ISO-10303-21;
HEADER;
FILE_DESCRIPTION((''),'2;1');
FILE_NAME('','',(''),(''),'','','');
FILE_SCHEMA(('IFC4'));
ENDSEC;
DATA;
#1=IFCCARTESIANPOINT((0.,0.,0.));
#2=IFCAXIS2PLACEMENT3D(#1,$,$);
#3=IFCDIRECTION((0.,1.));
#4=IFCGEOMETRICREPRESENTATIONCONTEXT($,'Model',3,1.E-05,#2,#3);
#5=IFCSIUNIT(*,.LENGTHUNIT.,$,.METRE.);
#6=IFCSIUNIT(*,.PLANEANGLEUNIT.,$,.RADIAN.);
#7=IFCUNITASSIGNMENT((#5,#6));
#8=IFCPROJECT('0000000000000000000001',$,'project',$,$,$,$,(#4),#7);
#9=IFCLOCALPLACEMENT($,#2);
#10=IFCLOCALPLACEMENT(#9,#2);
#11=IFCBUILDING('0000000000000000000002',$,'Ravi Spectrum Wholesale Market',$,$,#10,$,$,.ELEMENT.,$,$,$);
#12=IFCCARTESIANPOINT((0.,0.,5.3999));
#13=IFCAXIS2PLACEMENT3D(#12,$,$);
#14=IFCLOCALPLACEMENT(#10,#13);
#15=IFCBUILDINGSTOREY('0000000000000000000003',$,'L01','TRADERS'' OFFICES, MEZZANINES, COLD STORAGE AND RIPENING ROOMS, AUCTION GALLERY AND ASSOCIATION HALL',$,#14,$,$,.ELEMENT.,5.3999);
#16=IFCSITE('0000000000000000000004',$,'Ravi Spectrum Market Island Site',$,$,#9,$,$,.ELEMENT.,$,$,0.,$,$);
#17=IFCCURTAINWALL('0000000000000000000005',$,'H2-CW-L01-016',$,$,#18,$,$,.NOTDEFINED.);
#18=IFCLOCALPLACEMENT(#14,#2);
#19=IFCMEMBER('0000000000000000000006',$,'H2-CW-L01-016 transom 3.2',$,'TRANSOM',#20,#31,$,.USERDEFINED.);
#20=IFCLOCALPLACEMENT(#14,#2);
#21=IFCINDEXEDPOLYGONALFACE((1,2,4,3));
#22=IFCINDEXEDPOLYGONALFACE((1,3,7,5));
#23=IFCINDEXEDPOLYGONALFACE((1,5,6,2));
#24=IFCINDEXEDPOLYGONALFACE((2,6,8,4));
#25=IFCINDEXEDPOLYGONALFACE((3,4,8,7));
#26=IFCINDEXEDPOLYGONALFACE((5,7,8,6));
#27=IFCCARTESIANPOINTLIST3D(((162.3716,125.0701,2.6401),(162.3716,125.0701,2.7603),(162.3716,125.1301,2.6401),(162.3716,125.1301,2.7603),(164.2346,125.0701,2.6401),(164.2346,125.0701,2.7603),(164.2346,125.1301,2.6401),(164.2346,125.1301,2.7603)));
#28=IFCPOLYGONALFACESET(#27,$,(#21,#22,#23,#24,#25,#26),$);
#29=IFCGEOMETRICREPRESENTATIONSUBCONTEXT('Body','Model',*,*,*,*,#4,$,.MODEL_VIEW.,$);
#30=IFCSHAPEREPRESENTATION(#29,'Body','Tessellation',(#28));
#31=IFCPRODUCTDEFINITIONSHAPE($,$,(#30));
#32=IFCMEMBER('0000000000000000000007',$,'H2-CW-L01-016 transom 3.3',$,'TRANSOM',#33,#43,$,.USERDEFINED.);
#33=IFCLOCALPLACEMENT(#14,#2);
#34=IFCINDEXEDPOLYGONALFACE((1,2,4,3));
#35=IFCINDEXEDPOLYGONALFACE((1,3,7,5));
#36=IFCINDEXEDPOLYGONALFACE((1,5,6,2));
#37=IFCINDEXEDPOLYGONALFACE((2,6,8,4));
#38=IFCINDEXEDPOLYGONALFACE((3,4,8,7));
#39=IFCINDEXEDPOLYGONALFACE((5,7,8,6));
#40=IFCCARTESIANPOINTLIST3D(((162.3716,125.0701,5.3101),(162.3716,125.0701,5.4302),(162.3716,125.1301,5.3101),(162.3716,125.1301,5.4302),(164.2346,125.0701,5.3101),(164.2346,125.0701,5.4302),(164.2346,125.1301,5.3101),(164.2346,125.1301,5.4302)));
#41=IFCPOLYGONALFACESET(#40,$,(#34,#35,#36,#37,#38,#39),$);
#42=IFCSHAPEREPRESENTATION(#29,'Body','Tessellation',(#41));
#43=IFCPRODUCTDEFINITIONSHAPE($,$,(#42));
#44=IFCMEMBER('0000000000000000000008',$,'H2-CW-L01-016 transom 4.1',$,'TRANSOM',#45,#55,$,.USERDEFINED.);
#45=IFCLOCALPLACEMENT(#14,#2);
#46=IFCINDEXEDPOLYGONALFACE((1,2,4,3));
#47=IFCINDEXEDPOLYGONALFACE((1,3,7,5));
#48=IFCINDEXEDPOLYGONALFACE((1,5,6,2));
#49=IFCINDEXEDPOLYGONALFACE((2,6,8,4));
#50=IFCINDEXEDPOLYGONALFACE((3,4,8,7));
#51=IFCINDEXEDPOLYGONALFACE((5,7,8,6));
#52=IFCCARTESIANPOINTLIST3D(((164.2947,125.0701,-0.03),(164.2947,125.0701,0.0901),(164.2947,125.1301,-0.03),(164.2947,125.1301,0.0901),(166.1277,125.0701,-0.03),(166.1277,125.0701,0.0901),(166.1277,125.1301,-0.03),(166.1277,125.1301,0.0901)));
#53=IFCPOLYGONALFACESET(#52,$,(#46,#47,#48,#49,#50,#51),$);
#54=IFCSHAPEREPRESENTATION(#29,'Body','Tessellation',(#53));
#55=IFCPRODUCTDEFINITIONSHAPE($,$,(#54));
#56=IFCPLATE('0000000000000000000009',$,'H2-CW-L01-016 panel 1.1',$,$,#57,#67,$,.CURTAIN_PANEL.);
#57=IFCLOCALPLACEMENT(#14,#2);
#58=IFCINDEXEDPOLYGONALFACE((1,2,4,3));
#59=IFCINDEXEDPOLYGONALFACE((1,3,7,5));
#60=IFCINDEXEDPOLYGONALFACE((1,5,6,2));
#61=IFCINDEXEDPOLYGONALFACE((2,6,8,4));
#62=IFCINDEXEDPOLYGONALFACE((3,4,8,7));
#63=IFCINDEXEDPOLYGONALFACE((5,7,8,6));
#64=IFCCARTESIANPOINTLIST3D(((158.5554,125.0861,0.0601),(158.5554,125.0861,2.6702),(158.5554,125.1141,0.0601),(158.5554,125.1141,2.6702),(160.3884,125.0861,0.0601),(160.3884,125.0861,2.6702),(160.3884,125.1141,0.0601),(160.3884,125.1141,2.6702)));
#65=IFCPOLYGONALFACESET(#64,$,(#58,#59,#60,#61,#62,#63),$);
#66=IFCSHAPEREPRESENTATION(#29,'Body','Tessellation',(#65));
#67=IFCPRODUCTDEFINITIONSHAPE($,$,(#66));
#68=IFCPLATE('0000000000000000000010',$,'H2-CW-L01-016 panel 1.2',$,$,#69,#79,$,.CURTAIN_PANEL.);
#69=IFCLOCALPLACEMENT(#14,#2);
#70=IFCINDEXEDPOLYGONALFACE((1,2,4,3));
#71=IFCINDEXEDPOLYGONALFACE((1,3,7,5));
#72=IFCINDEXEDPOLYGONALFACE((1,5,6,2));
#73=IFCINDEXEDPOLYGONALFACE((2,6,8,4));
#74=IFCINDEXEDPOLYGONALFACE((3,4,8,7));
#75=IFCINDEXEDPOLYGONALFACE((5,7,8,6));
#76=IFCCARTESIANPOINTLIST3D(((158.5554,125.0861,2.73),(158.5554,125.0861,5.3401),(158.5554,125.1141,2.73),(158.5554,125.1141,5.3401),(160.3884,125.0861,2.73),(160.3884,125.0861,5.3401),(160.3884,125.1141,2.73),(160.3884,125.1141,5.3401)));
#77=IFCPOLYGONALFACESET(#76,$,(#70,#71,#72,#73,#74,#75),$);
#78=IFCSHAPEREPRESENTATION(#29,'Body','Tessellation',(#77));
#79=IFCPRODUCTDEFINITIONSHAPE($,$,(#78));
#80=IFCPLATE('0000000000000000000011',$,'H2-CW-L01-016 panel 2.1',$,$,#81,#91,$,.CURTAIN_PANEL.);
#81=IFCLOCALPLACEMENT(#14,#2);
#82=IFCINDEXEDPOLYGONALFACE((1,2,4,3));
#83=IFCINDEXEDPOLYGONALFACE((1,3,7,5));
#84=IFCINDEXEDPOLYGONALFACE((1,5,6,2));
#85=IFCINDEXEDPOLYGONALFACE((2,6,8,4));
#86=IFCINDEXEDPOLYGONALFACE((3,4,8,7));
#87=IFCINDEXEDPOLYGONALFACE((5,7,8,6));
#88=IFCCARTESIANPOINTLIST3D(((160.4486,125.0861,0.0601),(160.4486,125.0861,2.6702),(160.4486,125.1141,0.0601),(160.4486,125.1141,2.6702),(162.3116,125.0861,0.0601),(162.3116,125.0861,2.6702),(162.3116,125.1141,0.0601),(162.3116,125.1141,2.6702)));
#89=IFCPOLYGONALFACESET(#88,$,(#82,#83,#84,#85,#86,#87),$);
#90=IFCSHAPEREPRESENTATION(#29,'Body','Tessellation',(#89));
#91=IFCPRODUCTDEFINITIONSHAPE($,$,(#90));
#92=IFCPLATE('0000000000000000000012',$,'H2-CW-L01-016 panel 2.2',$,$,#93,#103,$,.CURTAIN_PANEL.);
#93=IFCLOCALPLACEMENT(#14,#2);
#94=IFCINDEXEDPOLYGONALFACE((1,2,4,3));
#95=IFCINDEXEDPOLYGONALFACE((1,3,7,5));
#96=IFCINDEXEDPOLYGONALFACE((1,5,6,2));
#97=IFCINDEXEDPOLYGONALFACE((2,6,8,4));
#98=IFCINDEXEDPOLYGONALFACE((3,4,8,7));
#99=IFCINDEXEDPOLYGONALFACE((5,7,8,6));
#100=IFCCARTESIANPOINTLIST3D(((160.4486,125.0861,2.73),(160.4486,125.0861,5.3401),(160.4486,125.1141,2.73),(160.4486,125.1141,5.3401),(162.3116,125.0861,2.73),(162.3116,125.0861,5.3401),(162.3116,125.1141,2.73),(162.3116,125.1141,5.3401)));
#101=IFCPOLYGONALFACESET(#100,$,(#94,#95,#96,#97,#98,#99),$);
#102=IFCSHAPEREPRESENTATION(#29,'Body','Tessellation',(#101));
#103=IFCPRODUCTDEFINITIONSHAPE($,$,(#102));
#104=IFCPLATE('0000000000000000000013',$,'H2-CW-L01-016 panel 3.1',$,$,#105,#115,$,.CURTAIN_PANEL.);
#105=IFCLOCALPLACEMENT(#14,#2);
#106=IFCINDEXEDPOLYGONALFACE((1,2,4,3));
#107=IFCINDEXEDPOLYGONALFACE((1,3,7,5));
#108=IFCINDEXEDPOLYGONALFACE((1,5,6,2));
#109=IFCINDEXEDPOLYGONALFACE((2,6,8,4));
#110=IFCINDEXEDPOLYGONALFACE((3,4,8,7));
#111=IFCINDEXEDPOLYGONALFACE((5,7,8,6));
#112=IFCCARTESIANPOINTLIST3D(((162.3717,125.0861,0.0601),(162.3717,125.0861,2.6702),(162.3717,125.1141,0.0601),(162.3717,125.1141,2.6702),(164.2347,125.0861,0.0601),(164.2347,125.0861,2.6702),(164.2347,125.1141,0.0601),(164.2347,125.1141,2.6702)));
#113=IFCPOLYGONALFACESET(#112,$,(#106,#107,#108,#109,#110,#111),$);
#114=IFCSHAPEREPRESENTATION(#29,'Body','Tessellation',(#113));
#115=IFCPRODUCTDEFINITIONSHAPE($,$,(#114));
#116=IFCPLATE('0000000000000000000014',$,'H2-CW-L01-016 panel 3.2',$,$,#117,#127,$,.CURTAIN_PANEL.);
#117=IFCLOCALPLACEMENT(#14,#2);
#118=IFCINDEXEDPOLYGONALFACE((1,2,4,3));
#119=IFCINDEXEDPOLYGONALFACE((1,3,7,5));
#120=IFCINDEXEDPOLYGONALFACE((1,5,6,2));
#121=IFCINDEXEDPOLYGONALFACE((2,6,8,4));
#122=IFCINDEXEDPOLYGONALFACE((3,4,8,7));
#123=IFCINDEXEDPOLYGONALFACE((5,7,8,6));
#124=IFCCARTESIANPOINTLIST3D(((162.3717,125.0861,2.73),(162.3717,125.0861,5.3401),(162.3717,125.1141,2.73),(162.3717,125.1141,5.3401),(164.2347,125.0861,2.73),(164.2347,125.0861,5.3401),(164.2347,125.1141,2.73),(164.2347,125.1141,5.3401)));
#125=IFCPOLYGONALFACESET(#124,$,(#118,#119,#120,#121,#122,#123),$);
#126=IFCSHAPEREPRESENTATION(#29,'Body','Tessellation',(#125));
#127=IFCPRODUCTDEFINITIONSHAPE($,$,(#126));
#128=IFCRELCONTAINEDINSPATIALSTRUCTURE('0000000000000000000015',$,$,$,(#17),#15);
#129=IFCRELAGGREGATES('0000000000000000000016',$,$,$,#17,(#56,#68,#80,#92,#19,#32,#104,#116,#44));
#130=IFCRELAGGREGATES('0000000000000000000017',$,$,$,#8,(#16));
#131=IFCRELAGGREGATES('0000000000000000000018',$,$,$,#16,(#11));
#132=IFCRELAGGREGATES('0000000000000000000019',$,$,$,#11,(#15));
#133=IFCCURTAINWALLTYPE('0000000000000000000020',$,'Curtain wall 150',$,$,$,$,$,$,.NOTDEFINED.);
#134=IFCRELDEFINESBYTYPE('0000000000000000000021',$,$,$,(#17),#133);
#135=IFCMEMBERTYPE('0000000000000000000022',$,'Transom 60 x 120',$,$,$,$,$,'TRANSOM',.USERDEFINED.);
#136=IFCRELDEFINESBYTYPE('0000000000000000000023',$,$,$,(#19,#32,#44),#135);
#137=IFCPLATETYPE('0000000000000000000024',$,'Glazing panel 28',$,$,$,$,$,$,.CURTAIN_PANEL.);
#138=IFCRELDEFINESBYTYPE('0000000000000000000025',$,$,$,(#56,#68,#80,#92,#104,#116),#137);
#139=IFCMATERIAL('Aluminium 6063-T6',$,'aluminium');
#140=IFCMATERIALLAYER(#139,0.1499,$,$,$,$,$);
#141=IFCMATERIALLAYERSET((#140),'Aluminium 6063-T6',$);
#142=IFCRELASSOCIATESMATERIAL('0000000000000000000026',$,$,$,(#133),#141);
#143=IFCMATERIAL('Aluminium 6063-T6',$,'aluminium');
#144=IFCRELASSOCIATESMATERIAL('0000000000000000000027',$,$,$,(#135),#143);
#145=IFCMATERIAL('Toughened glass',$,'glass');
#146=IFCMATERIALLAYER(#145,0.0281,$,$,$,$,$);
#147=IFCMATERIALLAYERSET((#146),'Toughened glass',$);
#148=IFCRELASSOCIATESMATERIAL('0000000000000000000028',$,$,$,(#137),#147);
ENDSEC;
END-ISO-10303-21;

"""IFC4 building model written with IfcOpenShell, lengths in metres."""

from ifc_helpers import new_model, si_unit, direction, frame, origin, origin_2d, place, context, subcontext, project, spatial, rectangle, extrude, material, layer, layer_set, material_profile, profile_set, type_object, element, aggregate, save


model = new_model("IFC4")

# Units and contexts
model_context = context("Model", 3, precision=1e-05, world=origin(), true_north=direction((0.0, 1.0)))
body_context = subcontext(model_context, "Body", "Model", "MODEL_VIEW")
ifc_project = project(units=[si_unit("LENGTHUNIT", "METRE"), si_unit("PLANEANGLEUNIT", "RADIAN")], contexts=[model_context])

# Site, building, storey
site_placement = place(None, origin())
site = spatial("IfcSite", under=ifc_project, at=site_placement, Name="Ravi Spectrum Market Island Site", CompositionType="ELEMENT", RefElevation=0.0)
building_placement = place(site_placement, origin())
building = spatial("IfcBuilding", under=site, at=building_placement, Name="Ravi Spectrum Wholesale Market", CompositionType="ELEMENT")
storey_placement = place(building_placement, frame((0.0, 0.0, 5.3999)))
storey = spatial("IfcBuildingStorey", under=building, at=storey_placement, Name="L01", Description="TRADERS' OFFICES, MEZZANINES, COLD STORAGE AND RIPENING ROOMS, AUCTION GALLERY AND ASSOCIATION HALL", CompositionType="ELEMENT", Elevation=5.3999)

# Curtain wall, members, plates
ifc_material_1 = material(Name="Aluminium 6063-T6", Category="aluminium")
ifc_layer_1 = layer(ifc_material_1, 0.1499)
ifc_layer_set_1 = layer_set([ifc_layer_1], Name="Aluminium 6063-T6")
curtain_wall_type = type_object("IfcCurtainWallType", Name="Curtain wall 150", PredefinedType="NOTDEFINED", material=ifc_layer_set_1)
curtain_wall_placement = place(storey_placement, origin())
curtain_wall = element("IfcCurtainWall", 1, at=curtain_wall_placement, inside=storey, type_object=curtain_wall_type, Name="H2-CW-L01-016", PredefinedType="NOTDEFINED")
ifc_material_2 = material(Name="Aluminium 6063-T6", Category="aluminium")
ifc_material_profile_1 = material_profile(ifc_material_2, rectangle(XDim=0.0601, YDim=0.1201, at=origin_2d()))
ifc_profile_set_1 = profile_set([ifc_material_profile_1], Name="Aluminium 6063-T6")
member_type_1 = type_object("IfcMemberType", Name="Transom 60 x 120", ElementType="TRANSOM", PredefinedType="USERDEFINED", material=ifc_profile_set_1)
member_1_placement = place(storey_placement, frame((162.3716, 125.1001, 2.7002), z_axis=(1.0, 0.0, 0.0), x_axis=(0.0, 1.0, 0.0)))
member_1 = element("IfcMember", 2, at=member_1_placement, type_object=member_type_1, Name="H2-CW-L01-016 transom 3.2", ObjectType="TRANSOM", PredefinedType="USERDEFINED", context=body_context, shape_type="SweptSolid", body=[
    extrude(rectangle(XDim=0.0601, YDim=0.1201, at=origin_2d()), origin(), (0.0, 0.0, 1.0), 1.863),
])
member_2_placement = place(storey_placement, frame((162.3716, 125.1001, 5.3701), z_axis=(1.0, 0.0, 0.0), x_axis=(0.0, 1.0, 0.0)))
member_2 = element("IfcMember", 3, at=member_2_placement, type_object=member_type_1, Name="H2-CW-L01-016 transom 3.3", ObjectType="TRANSOM", PredefinedType="USERDEFINED", context=body_context, shape_type="SweptSolid", body=[
    extrude(rectangle(XDim=0.0601, YDim=0.1201, at=origin_2d()), origin(), (0.0, 0.0, 1.0), 1.863),
])
member_3_placement = place(storey_placement, frame((164.2947, 125.1001, 0.03), z_axis=(1.0, 0.0, 0.0), x_axis=(0.0, 1.0, 0.0)))
member_3 = element("IfcMember", 4, at=member_3_placement, type_object=member_type_1, Name="H2-CW-L01-016 transom 4.1", ObjectType="TRANSOM", PredefinedType="USERDEFINED", context=body_context, shape_type="SweptSolid", body=[
    extrude(rectangle(XDim=0.0601, YDim=0.1201, at=origin_2d()), origin(), (0.0, 0.0, 1.0), 1.833),
])
ifc_material_3 = material(Name="Toughened glass", Category="glass")
ifc_layer_2 = layer(ifc_material_3, 0.0281)
ifc_layer_set_2 = layer_set([ifc_layer_2], Name="Toughened glass")
plate_type = type_object("IfcPlateType", Name="Glazing panel 28", PredefinedType="CURTAIN_PANEL", material=ifc_layer_set_2)
plate_1_placement = place(storey_placement, frame((159.4719, 125.1001, 0.0601), z_axis=(0.0, 0.0, 1.0), x_axis=(1.0, 0.0, 0.0)))
plate_1 = element("IfcPlate", 5, at=plate_1_placement, type_object=plate_type, Name="H2-CW-L01-016 panel 1.1", PredefinedType="CURTAIN_PANEL", context=body_context, shape_type="SweptSolid", body=[
    extrude(rectangle(XDim=1.833, YDim=0.0281, at=origin_2d()), origin(), (0.0, 0.0, 1.0), 2.6101),
])
plate_2_placement = place(storey_placement, frame((159.4719, 125.1001, 2.73), z_axis=(0.0, 0.0, 1.0), x_axis=(1.0, 0.0, 0.0)))
plate_2 = element("IfcPlate", 6, at=plate_2_placement, type_object=plate_type, Name="H2-CW-L01-016 panel 1.2", PredefinedType="CURTAIN_PANEL", context=body_context, shape_type="SweptSolid", body=[
    extrude(rectangle(XDim=1.833, YDim=0.0281, at=origin_2d()), origin(), (0.0, 0.0, 1.0), 2.6101),
])
plate_3_placement = place(storey_placement, frame((161.3801, 125.1001, 0.0601), z_axis=(0.0, 0.0, 1.0), x_axis=(1.0, 0.0, 0.0)))
plate_3 = element("IfcPlate", 7, at=plate_3_placement, type_object=plate_type, Name="H2-CW-L01-016 panel 2.1", PredefinedType="CURTAIN_PANEL", context=body_context, shape_type="SweptSolid", body=[
    extrude(rectangle(XDim=1.863, YDim=0.0281, at=origin_2d()), origin(), (0.0, 0.0, 1.0), 2.6101),
])
plate_4_placement = place(storey_placement, frame((161.3801, 125.1001, 2.73), z_axis=(0.0, 0.0, 1.0), x_axis=(1.0, 0.0, 0.0)))
plate_4 = element("IfcPlate", 8, at=plate_4_placement, type_object=plate_type, Name="H2-CW-L01-016 panel 2.2", PredefinedType="CURTAIN_PANEL", context=body_context, shape_type="SweptSolid", body=[
    extrude(rectangle(XDim=1.863, YDim=0.0281, at=origin_2d()), origin(), (0.0, 0.0, 1.0), 2.6101),
])
plate_5_placement = place(storey_placement, frame((163.3032, 125.1001, 0.0601), z_axis=(0.0, 0.0, 1.0), x_axis=(1.0, 0.0, 0.0)))
plate_5 = element("IfcPlate", 9, at=plate_5_placement, type_object=plate_type, Name="H2-CW-L01-016 panel 3.1", PredefinedType="CURTAIN_PANEL", context=body_context, shape_type="SweptSolid", body=[
    extrude(rectangle(XDim=1.863, YDim=0.0281, at=origin_2d()), origin(), (0.0, 0.0, 1.0), 2.6101),
])
plate_6_placement = place(storey_placement, frame((163.3032, 125.1001, 2.73), z_axis=(0.0, 0.0, 1.0), x_axis=(1.0, 0.0, 0.0)))
plate_6 = element("IfcPlate", 10, at=plate_6_placement, type_object=plate_type, Name="H2-CW-L01-016 panel 3.2", PredefinedType="CURTAIN_PANEL", context=body_context, shape_type="SweptSolid", body=[
    extrude(rectangle(XDim=1.863, YDim=0.0281, at=origin_2d()), origin(), (0.0, 0.0, 1.0), 2.6101),
])
aggregate(curtain_wall, [plate_1, plate_2, plate_3, plate_4, member_1, member_2, plate_5, plate_6, member_3])

save(model, "model.ifc")
